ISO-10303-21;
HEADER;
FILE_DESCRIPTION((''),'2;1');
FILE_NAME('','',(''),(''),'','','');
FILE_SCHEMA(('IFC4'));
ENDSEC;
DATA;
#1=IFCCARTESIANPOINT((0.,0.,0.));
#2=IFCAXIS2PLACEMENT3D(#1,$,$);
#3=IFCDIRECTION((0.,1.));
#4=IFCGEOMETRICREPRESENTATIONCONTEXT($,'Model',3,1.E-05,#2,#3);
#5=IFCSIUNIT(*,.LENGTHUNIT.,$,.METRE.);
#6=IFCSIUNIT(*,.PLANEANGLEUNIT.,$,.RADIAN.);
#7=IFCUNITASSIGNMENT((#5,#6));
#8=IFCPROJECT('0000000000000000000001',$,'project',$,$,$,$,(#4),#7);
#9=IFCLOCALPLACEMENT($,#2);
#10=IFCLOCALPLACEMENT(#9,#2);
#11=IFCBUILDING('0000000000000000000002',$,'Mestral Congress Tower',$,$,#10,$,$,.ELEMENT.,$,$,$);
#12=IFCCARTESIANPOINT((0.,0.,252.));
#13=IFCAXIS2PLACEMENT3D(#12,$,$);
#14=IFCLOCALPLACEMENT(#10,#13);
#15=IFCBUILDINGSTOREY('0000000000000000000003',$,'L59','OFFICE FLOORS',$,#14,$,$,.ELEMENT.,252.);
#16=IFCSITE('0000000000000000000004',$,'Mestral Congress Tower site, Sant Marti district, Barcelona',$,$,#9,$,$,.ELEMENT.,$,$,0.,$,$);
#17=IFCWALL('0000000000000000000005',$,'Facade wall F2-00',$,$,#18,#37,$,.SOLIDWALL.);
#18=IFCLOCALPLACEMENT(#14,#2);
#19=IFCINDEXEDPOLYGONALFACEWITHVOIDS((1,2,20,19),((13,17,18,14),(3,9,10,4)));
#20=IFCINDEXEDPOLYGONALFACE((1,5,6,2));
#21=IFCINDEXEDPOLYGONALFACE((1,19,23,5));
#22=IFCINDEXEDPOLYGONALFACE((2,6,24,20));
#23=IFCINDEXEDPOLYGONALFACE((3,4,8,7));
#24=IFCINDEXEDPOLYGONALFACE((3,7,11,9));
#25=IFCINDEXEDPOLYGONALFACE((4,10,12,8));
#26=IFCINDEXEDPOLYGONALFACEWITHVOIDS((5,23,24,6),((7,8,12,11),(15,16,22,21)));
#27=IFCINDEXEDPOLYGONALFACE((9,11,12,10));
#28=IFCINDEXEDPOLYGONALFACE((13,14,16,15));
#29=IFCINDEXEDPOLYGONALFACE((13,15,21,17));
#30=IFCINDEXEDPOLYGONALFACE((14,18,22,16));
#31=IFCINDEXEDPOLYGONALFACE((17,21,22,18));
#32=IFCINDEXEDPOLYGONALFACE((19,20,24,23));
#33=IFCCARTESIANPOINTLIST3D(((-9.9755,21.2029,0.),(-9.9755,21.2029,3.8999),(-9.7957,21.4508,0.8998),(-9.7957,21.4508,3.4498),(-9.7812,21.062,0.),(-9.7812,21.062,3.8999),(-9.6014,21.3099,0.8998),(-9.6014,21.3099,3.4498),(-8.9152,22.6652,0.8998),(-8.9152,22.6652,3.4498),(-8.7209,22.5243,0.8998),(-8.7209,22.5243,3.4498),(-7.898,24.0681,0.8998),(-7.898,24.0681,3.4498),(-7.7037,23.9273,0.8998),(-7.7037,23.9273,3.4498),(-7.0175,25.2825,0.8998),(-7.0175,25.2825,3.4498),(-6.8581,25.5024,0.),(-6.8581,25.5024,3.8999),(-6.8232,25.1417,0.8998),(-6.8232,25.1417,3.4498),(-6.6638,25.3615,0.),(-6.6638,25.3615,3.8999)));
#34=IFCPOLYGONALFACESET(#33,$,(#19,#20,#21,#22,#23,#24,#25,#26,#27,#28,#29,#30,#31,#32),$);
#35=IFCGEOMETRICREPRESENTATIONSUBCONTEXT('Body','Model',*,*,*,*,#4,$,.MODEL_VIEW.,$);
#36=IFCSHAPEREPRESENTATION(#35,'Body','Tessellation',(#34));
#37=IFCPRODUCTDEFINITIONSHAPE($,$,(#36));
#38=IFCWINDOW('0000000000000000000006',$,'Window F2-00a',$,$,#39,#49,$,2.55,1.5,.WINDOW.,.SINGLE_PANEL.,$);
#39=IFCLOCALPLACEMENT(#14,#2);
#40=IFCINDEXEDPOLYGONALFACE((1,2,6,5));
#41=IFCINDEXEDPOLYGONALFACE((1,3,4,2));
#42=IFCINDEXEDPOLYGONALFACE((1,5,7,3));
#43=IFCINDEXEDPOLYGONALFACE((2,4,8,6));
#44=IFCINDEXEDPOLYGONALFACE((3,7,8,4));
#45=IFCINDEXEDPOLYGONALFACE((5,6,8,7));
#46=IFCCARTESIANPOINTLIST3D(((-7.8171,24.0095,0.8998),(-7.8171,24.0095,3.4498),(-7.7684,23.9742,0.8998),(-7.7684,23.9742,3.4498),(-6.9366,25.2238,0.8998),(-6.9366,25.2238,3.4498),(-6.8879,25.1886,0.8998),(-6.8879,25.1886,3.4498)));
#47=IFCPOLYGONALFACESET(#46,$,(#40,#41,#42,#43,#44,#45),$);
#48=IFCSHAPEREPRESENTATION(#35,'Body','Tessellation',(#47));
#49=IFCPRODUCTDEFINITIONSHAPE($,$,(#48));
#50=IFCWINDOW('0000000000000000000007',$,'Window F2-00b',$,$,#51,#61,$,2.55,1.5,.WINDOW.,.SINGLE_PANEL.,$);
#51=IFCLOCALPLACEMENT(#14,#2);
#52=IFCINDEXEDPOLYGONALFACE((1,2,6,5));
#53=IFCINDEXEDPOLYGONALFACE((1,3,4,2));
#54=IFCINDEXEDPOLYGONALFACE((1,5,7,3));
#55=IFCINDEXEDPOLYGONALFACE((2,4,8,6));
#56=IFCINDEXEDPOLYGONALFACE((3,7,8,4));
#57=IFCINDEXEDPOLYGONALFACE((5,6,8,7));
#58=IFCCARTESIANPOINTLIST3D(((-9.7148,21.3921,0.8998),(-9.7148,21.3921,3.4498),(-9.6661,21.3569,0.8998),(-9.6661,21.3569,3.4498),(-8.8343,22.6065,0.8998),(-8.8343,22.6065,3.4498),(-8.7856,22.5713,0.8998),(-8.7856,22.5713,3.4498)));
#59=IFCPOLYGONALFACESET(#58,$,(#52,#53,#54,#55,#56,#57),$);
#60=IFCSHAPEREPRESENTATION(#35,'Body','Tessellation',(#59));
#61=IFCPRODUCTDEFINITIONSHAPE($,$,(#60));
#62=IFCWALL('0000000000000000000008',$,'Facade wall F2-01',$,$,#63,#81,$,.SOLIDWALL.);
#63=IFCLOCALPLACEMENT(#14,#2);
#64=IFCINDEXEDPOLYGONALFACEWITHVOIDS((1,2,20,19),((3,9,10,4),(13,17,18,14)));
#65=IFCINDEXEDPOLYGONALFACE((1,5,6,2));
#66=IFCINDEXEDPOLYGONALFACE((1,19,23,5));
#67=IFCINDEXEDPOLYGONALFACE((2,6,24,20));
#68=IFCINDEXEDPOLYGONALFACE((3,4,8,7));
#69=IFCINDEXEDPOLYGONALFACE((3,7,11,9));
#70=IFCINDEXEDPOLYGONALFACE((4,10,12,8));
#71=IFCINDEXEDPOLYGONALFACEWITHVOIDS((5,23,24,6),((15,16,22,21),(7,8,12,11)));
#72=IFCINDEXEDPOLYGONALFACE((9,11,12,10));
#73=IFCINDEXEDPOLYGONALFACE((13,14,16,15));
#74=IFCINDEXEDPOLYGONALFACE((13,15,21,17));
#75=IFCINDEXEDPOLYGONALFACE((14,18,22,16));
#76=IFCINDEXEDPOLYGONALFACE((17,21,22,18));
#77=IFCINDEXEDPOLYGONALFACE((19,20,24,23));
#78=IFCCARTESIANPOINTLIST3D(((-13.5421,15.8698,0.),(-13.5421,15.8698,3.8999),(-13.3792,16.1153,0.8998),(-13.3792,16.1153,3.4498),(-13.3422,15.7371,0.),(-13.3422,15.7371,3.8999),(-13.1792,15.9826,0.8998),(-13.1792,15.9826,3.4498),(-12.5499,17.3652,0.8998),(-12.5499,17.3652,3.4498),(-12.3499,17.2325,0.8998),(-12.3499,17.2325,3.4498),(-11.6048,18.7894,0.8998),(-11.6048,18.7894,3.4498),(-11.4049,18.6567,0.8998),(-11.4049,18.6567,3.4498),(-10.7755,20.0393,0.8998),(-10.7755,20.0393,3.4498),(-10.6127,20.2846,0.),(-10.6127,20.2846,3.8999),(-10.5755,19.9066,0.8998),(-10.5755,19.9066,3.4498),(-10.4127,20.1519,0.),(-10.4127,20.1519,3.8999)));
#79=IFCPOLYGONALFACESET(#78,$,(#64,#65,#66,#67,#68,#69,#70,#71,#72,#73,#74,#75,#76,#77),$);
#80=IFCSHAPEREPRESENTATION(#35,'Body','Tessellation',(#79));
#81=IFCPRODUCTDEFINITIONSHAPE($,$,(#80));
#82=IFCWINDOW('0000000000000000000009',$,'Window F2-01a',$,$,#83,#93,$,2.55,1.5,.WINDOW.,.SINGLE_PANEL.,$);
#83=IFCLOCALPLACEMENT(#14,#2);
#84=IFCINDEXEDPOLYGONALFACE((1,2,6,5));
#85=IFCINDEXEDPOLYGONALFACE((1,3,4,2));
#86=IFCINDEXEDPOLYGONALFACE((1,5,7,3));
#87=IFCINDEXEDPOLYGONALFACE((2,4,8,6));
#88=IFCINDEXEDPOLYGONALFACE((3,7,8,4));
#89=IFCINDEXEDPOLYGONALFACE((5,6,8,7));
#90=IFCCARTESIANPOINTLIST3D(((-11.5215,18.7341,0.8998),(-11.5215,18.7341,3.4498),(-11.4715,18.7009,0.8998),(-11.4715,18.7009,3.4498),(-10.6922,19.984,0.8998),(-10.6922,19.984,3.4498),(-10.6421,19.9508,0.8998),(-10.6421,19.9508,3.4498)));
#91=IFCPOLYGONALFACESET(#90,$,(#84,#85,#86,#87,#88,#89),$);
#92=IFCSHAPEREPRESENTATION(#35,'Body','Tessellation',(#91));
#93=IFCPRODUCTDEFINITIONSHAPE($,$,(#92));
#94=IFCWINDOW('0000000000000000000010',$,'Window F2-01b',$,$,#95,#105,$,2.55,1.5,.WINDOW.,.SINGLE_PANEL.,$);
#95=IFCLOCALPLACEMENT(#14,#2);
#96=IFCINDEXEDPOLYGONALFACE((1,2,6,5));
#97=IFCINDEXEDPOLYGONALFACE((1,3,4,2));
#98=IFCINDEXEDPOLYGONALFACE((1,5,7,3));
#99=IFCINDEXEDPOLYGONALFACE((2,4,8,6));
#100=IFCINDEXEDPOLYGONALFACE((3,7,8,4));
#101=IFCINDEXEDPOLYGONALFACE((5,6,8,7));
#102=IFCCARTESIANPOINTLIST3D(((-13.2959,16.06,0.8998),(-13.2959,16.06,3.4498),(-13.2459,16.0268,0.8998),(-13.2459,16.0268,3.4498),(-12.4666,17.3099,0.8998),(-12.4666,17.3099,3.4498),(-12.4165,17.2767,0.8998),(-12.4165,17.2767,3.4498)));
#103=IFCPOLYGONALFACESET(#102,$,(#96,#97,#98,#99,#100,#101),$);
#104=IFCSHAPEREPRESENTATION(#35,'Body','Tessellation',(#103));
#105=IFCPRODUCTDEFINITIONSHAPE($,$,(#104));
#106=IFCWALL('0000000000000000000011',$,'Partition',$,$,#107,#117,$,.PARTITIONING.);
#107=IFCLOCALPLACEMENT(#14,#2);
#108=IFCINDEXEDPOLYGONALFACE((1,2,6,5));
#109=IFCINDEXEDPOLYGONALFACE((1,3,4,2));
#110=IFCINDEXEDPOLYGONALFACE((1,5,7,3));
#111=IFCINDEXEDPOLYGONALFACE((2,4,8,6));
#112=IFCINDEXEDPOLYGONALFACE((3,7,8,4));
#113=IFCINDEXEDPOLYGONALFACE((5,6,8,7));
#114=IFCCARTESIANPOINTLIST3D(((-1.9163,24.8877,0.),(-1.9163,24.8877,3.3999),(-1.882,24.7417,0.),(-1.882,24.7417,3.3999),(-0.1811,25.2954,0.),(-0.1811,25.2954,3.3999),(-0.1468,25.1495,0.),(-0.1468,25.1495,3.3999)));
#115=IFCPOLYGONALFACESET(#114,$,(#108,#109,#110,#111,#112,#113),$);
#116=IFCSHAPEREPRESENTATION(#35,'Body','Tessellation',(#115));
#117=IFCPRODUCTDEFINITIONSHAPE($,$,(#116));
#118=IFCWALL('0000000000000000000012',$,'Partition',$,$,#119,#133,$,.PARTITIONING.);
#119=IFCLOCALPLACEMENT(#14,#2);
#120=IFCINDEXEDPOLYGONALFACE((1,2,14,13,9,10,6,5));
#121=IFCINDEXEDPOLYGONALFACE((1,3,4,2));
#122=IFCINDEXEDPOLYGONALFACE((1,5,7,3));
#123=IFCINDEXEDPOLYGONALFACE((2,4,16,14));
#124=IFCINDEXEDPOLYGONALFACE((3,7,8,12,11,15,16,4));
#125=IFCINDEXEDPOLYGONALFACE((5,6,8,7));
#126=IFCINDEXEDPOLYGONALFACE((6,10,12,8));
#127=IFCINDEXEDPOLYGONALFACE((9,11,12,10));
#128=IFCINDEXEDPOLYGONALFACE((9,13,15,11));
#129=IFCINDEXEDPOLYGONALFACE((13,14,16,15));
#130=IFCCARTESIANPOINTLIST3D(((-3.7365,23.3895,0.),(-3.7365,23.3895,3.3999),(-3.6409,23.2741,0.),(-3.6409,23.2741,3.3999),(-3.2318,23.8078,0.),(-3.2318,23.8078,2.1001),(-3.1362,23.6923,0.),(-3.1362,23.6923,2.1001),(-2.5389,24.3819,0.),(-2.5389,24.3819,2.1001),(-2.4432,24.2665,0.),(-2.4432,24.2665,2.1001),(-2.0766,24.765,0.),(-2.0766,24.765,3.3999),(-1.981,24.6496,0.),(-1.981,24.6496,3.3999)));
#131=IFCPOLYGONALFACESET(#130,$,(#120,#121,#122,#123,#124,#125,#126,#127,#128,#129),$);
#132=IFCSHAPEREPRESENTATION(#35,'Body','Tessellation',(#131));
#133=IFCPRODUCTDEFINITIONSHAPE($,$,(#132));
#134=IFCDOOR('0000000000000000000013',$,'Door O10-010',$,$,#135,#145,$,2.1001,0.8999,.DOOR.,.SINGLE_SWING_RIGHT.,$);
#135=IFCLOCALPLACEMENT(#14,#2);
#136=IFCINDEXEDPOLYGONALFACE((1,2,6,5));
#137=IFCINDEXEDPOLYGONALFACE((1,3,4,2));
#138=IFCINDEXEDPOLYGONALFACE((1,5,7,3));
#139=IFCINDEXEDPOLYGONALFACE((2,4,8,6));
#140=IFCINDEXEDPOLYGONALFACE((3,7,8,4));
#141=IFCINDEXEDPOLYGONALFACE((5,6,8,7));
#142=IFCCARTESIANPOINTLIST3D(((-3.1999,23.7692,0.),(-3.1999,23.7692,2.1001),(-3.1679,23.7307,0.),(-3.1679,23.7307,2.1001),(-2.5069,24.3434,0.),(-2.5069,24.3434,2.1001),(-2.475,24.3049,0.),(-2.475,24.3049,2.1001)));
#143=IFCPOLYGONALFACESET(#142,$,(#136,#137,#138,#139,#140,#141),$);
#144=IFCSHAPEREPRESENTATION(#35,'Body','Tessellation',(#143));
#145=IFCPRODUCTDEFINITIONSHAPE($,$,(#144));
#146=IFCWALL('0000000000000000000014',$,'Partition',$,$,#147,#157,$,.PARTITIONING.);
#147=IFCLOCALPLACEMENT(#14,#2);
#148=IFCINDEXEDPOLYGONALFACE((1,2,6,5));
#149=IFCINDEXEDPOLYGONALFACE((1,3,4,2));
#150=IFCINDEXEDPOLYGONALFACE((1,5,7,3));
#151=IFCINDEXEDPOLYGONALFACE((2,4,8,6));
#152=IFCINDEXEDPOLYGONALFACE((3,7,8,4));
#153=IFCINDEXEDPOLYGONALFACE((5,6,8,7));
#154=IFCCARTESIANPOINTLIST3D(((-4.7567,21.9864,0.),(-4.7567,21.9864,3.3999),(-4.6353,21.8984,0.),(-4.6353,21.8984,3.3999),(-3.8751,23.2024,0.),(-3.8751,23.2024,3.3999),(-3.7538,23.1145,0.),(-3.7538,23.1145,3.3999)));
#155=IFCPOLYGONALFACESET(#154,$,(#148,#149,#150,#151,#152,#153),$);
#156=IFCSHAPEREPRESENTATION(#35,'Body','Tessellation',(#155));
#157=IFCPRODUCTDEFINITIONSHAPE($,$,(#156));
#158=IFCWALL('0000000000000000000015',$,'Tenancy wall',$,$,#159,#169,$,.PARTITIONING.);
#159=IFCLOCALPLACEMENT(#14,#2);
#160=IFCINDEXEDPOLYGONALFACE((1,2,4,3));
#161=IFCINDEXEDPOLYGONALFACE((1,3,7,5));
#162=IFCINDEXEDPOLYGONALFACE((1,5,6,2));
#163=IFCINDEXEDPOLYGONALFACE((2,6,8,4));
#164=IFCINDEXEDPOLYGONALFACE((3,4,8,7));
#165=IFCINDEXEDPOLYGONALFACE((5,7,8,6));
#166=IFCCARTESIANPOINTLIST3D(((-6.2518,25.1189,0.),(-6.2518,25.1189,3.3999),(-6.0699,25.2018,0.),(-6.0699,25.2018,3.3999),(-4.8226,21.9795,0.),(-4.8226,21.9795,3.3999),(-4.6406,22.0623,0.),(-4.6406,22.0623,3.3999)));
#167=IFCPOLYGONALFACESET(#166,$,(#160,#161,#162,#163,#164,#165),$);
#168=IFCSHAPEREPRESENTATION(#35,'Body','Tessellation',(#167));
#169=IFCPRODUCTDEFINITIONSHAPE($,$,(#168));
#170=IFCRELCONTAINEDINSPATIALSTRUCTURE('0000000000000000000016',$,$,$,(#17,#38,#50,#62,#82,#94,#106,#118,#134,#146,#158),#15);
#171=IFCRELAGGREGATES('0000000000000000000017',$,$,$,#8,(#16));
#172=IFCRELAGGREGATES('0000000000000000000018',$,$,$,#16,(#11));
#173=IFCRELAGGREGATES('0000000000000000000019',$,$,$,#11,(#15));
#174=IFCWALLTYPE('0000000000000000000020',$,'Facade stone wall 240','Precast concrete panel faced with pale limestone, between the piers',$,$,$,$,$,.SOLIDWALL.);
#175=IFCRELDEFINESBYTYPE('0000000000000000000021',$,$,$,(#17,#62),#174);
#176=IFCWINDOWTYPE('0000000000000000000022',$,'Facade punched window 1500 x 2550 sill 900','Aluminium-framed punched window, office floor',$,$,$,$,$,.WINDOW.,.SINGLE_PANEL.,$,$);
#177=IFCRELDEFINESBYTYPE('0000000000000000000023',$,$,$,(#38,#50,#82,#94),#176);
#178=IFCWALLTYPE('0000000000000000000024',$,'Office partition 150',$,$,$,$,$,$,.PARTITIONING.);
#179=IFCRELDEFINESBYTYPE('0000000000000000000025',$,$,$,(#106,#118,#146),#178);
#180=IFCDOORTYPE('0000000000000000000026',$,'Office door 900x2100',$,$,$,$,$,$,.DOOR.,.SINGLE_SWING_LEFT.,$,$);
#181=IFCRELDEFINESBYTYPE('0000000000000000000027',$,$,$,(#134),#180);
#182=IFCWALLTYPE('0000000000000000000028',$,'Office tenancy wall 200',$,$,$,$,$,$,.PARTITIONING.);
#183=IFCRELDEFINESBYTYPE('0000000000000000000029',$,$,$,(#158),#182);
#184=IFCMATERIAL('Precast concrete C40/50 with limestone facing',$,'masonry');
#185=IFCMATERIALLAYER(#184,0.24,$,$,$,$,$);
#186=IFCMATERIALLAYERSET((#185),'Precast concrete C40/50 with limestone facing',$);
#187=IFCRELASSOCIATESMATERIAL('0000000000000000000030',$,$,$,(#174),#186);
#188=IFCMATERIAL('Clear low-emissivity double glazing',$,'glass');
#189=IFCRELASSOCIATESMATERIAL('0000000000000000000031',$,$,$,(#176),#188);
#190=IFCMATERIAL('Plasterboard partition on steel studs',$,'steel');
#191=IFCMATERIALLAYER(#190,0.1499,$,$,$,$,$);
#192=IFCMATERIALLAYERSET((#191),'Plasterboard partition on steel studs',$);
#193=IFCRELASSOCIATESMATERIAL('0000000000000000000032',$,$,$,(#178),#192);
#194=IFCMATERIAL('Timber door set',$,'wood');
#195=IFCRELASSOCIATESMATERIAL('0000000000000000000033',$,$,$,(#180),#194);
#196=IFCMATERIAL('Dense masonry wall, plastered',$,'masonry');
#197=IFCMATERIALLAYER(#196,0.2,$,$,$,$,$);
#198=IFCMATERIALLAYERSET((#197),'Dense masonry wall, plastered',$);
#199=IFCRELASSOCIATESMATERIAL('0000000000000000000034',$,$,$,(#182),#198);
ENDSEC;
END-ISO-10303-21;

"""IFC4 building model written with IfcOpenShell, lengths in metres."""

from ifc_helpers import new_model, si_unit, direction, frame, frame_2d, origin, place, context, subcontext, project, spatial, rectangle, extrude, material, layer, layer_set, type_object, element, fill, save


model = new_model("IFC4")

# Units and contexts
model_context = context("Model", 3, precision=1e-05, world=origin(), true_north=direction((0.0, 1.0)))
body_context = subcontext(model_context, "Body", "Model", "MODEL_VIEW")
ifc_project = project(units=[si_unit("LENGTHUNIT", "METRE"), si_unit("PLANEANGLEUNIT", "RADIAN")], contexts=[model_context])

# Site, building, storey
site_placement = place(None, origin())
site = spatial("IfcSite", under=ifc_project, at=site_placement, Name="Mestral Congress Tower site, Sant Marti district, Barcelona", CompositionType="ELEMENT", RefElevation=0.0)
building_placement = place(site_placement, origin())
building = spatial("IfcBuilding", under=site, at=building_placement, Name="Mestral Congress Tower", CompositionType="ELEMENT")
storey_placement = place(building_placement, frame((0.0, 0.0, 252.0)))
storey = spatial("IfcBuildingStorey", under=building, at=storey_placement, Name="L59", Description="OFFICE FLOORS", CompositionType="ELEMENT", Elevation=252.0)

# Shared definitions
ifc_material_1 = material(Name="Precast concrete C40/50 with limestone facing", Category="masonry")
ifc_layer_1 = layer(ifc_material_1, 0.24)
ifc_layer_set_1 = layer_set([ifc_layer_1], Name="Precast concrete C40/50 with limestone facing")
wall_type_1 = type_object("IfcWallType", Name="Facade stone wall 240", Description="Precast concrete panel faced with pale limestone, between the piers", PredefinedType="SOLIDWALL", material=ifc_layer_set_1)
ifc_material_2 = material(Name="Clear low-emissivity double glazing", Category="glass")

# Walls, openings, windows
wall_1_placement = place(storey_placement, frame((-6.761, 25.4319, 0.0), z_axis=(0.0, 0.0, 1.0), x_axis=(-0.586998, -0.809588, 0.0)))
wall_1 = element("IfcWall", 1, at=wall_1_placement, inside=storey, type_object=wall_type_1, Name="Facade wall F2-00", PredefinedType="SOLIDWALL", context=body_context, shape_type="SweptSolid", body=[
    extrude(rectangle(XDim=5.3108, YDim=0.24, at=frame_2d((2.6553, 0.0))), origin(), (0.0, 0.0, 1.0), 3.8999),
])
opening_1_placement = place(wall_1_placement, frame((0.2715, 0.0, 0.8999)))
opening_1 = element("IfcOpeningElement", 2, at=opening_1_placement, cuts=wall_1, PredefinedType="OPENING", context=body_context, shape_type="SweptSolid", body=[
    extrude(rectangle(XDim=1.5, YDim=2.55, at=frame_2d((0.75, 1.2749))), frame((0.0, 0.1299, 0.0), z_axis=(0.0, -1.0, 0.0), x_axis=(1.0, 0.0, 0.0)), (0.0, 0.0, 1.0), 0.26),
])
opening_2_placement = place(wall_1_placement, frame((3.5044, 0.0, 0.8999)))
opening_2 = element("IfcOpeningElement", 3, at=opening_2_placement, cuts=wall_1, PredefinedType="OPENING", context=body_context, shape_type="SweptSolid", body=[
    extrude(rectangle(XDim=1.5, YDim=2.55, at=frame_2d((0.75, 1.2749))), frame((0.0, 0.1299, 0.0), z_axis=(0.0, -1.0, 0.0), x_axis=(1.0, 0.0, 0.0)), (0.0, 0.0, 1.0), 0.26),
])
window_type_1 = type_object("IfcWindowType", Name="Facade punched window 1500 x 2550 sill 900", Description="Aluminium-framed punched window, office floor", PartitioningType="SINGLE_PANEL", PredefinedType="WINDOW", material=ifc_material_2)
window_1_placement = place(opening_1_placement, origin())
window_1 = element("IfcWindow", 4, at=window_1_placement, inside=storey, type_object=window_type_1, Name="Window F2-00a", OverallHeight=2.55, OverallWidth=1.5, PartitioningType="SINGLE_PANEL", PredefinedType="WINDOW", context=body_context, shape_type="SweptSolid", body=[
    extrude(rectangle(XDim=1.5, YDim=2.55, at=frame_2d((0.75, 1.2749))), frame((0.0, 0.04, 0.0), z_axis=(0.0, -1.0, 0.0), x_axis=(1.0, 0.0, 0.0)), (0.0, 0.0, 1.0), 0.0601),
])
fill(opening_1, window_1)
window_2_placement = place(opening_2_placement, origin())
window_2 = element("IfcWindow", 5, at=window_2_placement, inside=storey, type_object=window_type_1, Name="Window F2-00b", OverallHeight=2.55, OverallWidth=1.5, PartitioningType="SINGLE_PANEL", PredefinedType="WINDOW", context=body_context, shape_type="SweptSolid", body=[
    extrude(rectangle(XDim=1.5, YDim=2.55, at=frame_2d((0.75, 1.2749))), frame((0.0, 0.04, 0.0), z_axis=(0.0, -1.0, 0.0), x_axis=(1.0, 0.0, 0.0)), (0.0, 0.0, 1.0), 0.0601),
])
fill(opening_2, window_2)
wall_2_placement = place(storey_placement, frame((-10.5127, 20.2183, 0.0), z_axis=(0.0, 0.0, 1.0), x_axis=(-0.552902, -0.833246, 0.0)))
wall_2 = element("IfcWall", 6, at=wall_2_placement, inside=storey, type_object=wall_type_1, Name="Facade wall F2-01", PredefinedType="SOLIDWALL", context=body_context, shape_type="SweptSolid", body=[
    extrude(rectangle(XDim=5.2983, YDim=0.24, at=frame_2d((2.6492, 0.0))), origin(), (0.0, 0.0, 1.0), 3.8999),
])
opening_3_placement = place(wall_2_placement, frame((0.2944, 0.0, 0.8999)))
opening_3 = element("IfcOpeningElement", 7, at=opening_3_placement, cuts=wall_2, PredefinedType="OPENING", context=body_context, shape_type="SweptSolid", body=[
    extrude(rectangle(XDim=1.5, YDim=2.55, at=frame_2d((0.75, 1.2749))), frame((0.0, 0.1299, 0.0), z_axis=(0.0, -1.0, 0.0), x_axis=(1.0, 0.0, 0.0)), (0.0, 0.0, 1.0), 0.26),
])
opening_4_placement = place(wall_2_placement, frame((3.5037, 0.0, 0.8999)))
opening_4 = element("IfcOpeningElement", 8, at=opening_4_placement, cuts=wall_2, PredefinedType="OPENING", context=body_context, shape_type="SweptSolid", body=[
    extrude(rectangle(XDim=1.5, YDim=2.55, at=frame_2d((0.75, 1.2749))), frame((0.0, 0.1299, 0.0), z_axis=(0.0, -1.0, 0.0), x_axis=(1.0, 0.0, 0.0)), (0.0, 0.0, 1.0), 0.26),
])
window_3_placement = place(opening_3_placement, origin())
window_3 = element("IfcWindow", 9, at=window_3_placement, inside=storey, type_object=window_type_1, Name="Window F2-01a", OverallHeight=2.55, OverallWidth=1.5, PartitioningType="SINGLE_PANEL", PredefinedType="WINDOW", context=body_context, shape_type="SweptSolid", body=[
    extrude(rectangle(XDim=1.5, YDim=2.55, at=frame_2d((0.75, 1.2749))), frame((0.0, 0.04, 0.0), z_axis=(0.0, -1.0, 0.0), x_axis=(1.0, 0.0, 0.0)), (0.0, 0.0, 1.0), 0.0601),
])
fill(opening_3, window_3)
window_4_placement = place(opening_4_placement, origin())
window_4 = element("IfcWindow", 10, at=window_4_placement, inside=storey, type_object=window_type_1, Name="Window F2-01b", OverallHeight=2.55, OverallWidth=1.5, PartitioningType="SINGLE_PANEL", PredefinedType="WINDOW", context=body_context, shape_type="SweptSolid", body=[
    extrude(rectangle(XDim=1.5, YDim=2.55, at=frame_2d((0.75, 1.2749))), frame((0.0, 0.04, 0.0), z_axis=(0.0, -1.0, 0.0), x_axis=(1.0, 0.0, 0.0)), (0.0, 0.0, 1.0), 0.0601),
])
fill(opening_4, window_4)

# Wall
ifc_material_3 = material(Name="Plasterboard partition on steel studs", Category="steel")
ifc_layer_2 = layer(ifc_material_3, 0.1499)
ifc_layer_set_2 = layer_set([ifc_layer_2], Name="Plasterboard partition on steel studs")
wall_type_2 = type_object("IfcWallType", Name="Office partition 150", PredefinedType="PARTITIONING", material=ifc_layer_set_2)
wall_3_placement = place(storey_placement, frame((-0.1641, 25.2224, 0.0), z_axis=(0.0, 0.0, 1.0), x_axis=(-0.973485, -0.228749, 0.0)))
element("IfcWall", 11, at=wall_3_placement, inside=storey, type_object=wall_type_2, Name="Partition", PredefinedType="PARTITIONING", context=body_context, shape_type="SweptSolid", body=[
    extrude(rectangle(XDim=1.7825, YDim=0.1499, at=frame_2d((0.8911, 0.0))), origin(), (0.0, 0.0, 1.0), 3.3999),
])

# Wall, opening, door
wall_4_placement = place(storey_placement, frame((-3.6887, 23.3318, 0.0), z_axis=(0.0, 0.0, 1.0), x_axis=(0.769991, 0.638054, 0.0)))
wall_4 = element("IfcWall", 12, at=wall_4_placement, inside=storey, type_object=wall_type_2, Name="Partition", PredefinedType="PARTITIONING", context=body_context, shape_type="SweptSolid", body=[
    extrude(rectangle(XDim=2.1558, YDim=0.1499, at=frame_2d((1.0779, 0.0))), origin(), (0.0, 0.0, 1.0), 3.3999),
])
opening_5_placement = place(wall_4_placement, frame((0.6555, 0.0, 0.0)))
opening_5 = element("IfcOpeningElement", 13, at=opening_5_placement, cuts=wall_4, PredefinedType="OPENING", context=body_context, shape_type="SweptSolid", body=[
    extrude(rectangle(XDim=0.8999, YDim=2.1001, at=frame_2d((0.45, 1.05))), frame((0.0, 0.085, 0.0), z_axis=(0.0, -1.0, 0.0), x_axis=(1.0, 0.0, 0.0)), (0.0, 0.0, 1.0), 0.1699),
])
ifc_material_4 = material(Name="Timber door set", Category="wood")
door_type = type_object("IfcDoorType", Name="Office door 900x2100", OperationType="SINGLE_SWING_LEFT", PredefinedType="DOOR", material=ifc_material_4)
door_placement = place(opening_5_placement, origin())
door = element("IfcDoor", 14, at=door_placement, inside=storey, type_object=door_type, Name="Door O10-010", OperationType="SINGLE_SWING_RIGHT", OverallHeight=2.1001, OverallWidth=0.8999, PredefinedType="DOOR", context=body_context, shape_type="SweptSolid", body=[
    extrude(rectangle(XDim=0.8999, YDim=2.1001, at=frame_2d((0.45, 1.05))), frame((0.0, 0.0249, 0.0), z_axis=(0.0, -1.0, 0.0), x_axis=(1.0, 0.0, 0.0)), (0.0, 0.0, 1.0), 0.05),
])
fill(opening_5, door)

# Walls
wall_5_placement = place(storey_placement, frame((-3.8145, 23.1584, 0.0), z_axis=(0.0, 0.0, 1.0), x_axis=(-0.586944, -0.809628, 0.0)))
element("IfcWall", 15, at=wall_5_placement, inside=storey, type_object=wall_type_2, Name="Partition", PredefinedType="PARTITIONING", context=body_context, shape_type="SweptSolid", body=[
    extrude(rectangle(XDim=1.502, YDim=0.1499, at=frame_2d((0.751, 0.0))), origin(), (0.0, 0.0, 1.0), 3.3999),
])
ifc_material_5 = material(Name="Dense masonry wall, plastered", Category="masonry")
ifc_layer_3 = layer(ifc_material_5, 0.2)
ifc_layer_set_3 = layer_set([ifc_layer_3], Name="Dense masonry wall, plastered")
wall_type_3 = type_object("IfcWallType", Name="Office tenancy wall 200", PredefinedType="PARTITIONING", material=ifc_layer_set_3)
wall_6_placement = place(storey_placement, frame((-4.7317, 22.021, 0.0), z_axis=(0.0, 0.0, 1.0), x_axis=(-0.414331, 0.910126, 0.0)))
element("IfcWall", 16, at=wall_6_placement, inside=storey, type_object=wall_type_3, Name="Tenancy wall", PredefinedType="PARTITIONING", context=body_context, shape_type="SweptSolid", body=[
    extrude(rectangle(XDim=3.4495, YDim=0.2, at=frame_2d((1.7246, 0.0))), origin(), (0.0, 0.0, 1.0), 3.3999),
])

save(model, "model.ifc")
